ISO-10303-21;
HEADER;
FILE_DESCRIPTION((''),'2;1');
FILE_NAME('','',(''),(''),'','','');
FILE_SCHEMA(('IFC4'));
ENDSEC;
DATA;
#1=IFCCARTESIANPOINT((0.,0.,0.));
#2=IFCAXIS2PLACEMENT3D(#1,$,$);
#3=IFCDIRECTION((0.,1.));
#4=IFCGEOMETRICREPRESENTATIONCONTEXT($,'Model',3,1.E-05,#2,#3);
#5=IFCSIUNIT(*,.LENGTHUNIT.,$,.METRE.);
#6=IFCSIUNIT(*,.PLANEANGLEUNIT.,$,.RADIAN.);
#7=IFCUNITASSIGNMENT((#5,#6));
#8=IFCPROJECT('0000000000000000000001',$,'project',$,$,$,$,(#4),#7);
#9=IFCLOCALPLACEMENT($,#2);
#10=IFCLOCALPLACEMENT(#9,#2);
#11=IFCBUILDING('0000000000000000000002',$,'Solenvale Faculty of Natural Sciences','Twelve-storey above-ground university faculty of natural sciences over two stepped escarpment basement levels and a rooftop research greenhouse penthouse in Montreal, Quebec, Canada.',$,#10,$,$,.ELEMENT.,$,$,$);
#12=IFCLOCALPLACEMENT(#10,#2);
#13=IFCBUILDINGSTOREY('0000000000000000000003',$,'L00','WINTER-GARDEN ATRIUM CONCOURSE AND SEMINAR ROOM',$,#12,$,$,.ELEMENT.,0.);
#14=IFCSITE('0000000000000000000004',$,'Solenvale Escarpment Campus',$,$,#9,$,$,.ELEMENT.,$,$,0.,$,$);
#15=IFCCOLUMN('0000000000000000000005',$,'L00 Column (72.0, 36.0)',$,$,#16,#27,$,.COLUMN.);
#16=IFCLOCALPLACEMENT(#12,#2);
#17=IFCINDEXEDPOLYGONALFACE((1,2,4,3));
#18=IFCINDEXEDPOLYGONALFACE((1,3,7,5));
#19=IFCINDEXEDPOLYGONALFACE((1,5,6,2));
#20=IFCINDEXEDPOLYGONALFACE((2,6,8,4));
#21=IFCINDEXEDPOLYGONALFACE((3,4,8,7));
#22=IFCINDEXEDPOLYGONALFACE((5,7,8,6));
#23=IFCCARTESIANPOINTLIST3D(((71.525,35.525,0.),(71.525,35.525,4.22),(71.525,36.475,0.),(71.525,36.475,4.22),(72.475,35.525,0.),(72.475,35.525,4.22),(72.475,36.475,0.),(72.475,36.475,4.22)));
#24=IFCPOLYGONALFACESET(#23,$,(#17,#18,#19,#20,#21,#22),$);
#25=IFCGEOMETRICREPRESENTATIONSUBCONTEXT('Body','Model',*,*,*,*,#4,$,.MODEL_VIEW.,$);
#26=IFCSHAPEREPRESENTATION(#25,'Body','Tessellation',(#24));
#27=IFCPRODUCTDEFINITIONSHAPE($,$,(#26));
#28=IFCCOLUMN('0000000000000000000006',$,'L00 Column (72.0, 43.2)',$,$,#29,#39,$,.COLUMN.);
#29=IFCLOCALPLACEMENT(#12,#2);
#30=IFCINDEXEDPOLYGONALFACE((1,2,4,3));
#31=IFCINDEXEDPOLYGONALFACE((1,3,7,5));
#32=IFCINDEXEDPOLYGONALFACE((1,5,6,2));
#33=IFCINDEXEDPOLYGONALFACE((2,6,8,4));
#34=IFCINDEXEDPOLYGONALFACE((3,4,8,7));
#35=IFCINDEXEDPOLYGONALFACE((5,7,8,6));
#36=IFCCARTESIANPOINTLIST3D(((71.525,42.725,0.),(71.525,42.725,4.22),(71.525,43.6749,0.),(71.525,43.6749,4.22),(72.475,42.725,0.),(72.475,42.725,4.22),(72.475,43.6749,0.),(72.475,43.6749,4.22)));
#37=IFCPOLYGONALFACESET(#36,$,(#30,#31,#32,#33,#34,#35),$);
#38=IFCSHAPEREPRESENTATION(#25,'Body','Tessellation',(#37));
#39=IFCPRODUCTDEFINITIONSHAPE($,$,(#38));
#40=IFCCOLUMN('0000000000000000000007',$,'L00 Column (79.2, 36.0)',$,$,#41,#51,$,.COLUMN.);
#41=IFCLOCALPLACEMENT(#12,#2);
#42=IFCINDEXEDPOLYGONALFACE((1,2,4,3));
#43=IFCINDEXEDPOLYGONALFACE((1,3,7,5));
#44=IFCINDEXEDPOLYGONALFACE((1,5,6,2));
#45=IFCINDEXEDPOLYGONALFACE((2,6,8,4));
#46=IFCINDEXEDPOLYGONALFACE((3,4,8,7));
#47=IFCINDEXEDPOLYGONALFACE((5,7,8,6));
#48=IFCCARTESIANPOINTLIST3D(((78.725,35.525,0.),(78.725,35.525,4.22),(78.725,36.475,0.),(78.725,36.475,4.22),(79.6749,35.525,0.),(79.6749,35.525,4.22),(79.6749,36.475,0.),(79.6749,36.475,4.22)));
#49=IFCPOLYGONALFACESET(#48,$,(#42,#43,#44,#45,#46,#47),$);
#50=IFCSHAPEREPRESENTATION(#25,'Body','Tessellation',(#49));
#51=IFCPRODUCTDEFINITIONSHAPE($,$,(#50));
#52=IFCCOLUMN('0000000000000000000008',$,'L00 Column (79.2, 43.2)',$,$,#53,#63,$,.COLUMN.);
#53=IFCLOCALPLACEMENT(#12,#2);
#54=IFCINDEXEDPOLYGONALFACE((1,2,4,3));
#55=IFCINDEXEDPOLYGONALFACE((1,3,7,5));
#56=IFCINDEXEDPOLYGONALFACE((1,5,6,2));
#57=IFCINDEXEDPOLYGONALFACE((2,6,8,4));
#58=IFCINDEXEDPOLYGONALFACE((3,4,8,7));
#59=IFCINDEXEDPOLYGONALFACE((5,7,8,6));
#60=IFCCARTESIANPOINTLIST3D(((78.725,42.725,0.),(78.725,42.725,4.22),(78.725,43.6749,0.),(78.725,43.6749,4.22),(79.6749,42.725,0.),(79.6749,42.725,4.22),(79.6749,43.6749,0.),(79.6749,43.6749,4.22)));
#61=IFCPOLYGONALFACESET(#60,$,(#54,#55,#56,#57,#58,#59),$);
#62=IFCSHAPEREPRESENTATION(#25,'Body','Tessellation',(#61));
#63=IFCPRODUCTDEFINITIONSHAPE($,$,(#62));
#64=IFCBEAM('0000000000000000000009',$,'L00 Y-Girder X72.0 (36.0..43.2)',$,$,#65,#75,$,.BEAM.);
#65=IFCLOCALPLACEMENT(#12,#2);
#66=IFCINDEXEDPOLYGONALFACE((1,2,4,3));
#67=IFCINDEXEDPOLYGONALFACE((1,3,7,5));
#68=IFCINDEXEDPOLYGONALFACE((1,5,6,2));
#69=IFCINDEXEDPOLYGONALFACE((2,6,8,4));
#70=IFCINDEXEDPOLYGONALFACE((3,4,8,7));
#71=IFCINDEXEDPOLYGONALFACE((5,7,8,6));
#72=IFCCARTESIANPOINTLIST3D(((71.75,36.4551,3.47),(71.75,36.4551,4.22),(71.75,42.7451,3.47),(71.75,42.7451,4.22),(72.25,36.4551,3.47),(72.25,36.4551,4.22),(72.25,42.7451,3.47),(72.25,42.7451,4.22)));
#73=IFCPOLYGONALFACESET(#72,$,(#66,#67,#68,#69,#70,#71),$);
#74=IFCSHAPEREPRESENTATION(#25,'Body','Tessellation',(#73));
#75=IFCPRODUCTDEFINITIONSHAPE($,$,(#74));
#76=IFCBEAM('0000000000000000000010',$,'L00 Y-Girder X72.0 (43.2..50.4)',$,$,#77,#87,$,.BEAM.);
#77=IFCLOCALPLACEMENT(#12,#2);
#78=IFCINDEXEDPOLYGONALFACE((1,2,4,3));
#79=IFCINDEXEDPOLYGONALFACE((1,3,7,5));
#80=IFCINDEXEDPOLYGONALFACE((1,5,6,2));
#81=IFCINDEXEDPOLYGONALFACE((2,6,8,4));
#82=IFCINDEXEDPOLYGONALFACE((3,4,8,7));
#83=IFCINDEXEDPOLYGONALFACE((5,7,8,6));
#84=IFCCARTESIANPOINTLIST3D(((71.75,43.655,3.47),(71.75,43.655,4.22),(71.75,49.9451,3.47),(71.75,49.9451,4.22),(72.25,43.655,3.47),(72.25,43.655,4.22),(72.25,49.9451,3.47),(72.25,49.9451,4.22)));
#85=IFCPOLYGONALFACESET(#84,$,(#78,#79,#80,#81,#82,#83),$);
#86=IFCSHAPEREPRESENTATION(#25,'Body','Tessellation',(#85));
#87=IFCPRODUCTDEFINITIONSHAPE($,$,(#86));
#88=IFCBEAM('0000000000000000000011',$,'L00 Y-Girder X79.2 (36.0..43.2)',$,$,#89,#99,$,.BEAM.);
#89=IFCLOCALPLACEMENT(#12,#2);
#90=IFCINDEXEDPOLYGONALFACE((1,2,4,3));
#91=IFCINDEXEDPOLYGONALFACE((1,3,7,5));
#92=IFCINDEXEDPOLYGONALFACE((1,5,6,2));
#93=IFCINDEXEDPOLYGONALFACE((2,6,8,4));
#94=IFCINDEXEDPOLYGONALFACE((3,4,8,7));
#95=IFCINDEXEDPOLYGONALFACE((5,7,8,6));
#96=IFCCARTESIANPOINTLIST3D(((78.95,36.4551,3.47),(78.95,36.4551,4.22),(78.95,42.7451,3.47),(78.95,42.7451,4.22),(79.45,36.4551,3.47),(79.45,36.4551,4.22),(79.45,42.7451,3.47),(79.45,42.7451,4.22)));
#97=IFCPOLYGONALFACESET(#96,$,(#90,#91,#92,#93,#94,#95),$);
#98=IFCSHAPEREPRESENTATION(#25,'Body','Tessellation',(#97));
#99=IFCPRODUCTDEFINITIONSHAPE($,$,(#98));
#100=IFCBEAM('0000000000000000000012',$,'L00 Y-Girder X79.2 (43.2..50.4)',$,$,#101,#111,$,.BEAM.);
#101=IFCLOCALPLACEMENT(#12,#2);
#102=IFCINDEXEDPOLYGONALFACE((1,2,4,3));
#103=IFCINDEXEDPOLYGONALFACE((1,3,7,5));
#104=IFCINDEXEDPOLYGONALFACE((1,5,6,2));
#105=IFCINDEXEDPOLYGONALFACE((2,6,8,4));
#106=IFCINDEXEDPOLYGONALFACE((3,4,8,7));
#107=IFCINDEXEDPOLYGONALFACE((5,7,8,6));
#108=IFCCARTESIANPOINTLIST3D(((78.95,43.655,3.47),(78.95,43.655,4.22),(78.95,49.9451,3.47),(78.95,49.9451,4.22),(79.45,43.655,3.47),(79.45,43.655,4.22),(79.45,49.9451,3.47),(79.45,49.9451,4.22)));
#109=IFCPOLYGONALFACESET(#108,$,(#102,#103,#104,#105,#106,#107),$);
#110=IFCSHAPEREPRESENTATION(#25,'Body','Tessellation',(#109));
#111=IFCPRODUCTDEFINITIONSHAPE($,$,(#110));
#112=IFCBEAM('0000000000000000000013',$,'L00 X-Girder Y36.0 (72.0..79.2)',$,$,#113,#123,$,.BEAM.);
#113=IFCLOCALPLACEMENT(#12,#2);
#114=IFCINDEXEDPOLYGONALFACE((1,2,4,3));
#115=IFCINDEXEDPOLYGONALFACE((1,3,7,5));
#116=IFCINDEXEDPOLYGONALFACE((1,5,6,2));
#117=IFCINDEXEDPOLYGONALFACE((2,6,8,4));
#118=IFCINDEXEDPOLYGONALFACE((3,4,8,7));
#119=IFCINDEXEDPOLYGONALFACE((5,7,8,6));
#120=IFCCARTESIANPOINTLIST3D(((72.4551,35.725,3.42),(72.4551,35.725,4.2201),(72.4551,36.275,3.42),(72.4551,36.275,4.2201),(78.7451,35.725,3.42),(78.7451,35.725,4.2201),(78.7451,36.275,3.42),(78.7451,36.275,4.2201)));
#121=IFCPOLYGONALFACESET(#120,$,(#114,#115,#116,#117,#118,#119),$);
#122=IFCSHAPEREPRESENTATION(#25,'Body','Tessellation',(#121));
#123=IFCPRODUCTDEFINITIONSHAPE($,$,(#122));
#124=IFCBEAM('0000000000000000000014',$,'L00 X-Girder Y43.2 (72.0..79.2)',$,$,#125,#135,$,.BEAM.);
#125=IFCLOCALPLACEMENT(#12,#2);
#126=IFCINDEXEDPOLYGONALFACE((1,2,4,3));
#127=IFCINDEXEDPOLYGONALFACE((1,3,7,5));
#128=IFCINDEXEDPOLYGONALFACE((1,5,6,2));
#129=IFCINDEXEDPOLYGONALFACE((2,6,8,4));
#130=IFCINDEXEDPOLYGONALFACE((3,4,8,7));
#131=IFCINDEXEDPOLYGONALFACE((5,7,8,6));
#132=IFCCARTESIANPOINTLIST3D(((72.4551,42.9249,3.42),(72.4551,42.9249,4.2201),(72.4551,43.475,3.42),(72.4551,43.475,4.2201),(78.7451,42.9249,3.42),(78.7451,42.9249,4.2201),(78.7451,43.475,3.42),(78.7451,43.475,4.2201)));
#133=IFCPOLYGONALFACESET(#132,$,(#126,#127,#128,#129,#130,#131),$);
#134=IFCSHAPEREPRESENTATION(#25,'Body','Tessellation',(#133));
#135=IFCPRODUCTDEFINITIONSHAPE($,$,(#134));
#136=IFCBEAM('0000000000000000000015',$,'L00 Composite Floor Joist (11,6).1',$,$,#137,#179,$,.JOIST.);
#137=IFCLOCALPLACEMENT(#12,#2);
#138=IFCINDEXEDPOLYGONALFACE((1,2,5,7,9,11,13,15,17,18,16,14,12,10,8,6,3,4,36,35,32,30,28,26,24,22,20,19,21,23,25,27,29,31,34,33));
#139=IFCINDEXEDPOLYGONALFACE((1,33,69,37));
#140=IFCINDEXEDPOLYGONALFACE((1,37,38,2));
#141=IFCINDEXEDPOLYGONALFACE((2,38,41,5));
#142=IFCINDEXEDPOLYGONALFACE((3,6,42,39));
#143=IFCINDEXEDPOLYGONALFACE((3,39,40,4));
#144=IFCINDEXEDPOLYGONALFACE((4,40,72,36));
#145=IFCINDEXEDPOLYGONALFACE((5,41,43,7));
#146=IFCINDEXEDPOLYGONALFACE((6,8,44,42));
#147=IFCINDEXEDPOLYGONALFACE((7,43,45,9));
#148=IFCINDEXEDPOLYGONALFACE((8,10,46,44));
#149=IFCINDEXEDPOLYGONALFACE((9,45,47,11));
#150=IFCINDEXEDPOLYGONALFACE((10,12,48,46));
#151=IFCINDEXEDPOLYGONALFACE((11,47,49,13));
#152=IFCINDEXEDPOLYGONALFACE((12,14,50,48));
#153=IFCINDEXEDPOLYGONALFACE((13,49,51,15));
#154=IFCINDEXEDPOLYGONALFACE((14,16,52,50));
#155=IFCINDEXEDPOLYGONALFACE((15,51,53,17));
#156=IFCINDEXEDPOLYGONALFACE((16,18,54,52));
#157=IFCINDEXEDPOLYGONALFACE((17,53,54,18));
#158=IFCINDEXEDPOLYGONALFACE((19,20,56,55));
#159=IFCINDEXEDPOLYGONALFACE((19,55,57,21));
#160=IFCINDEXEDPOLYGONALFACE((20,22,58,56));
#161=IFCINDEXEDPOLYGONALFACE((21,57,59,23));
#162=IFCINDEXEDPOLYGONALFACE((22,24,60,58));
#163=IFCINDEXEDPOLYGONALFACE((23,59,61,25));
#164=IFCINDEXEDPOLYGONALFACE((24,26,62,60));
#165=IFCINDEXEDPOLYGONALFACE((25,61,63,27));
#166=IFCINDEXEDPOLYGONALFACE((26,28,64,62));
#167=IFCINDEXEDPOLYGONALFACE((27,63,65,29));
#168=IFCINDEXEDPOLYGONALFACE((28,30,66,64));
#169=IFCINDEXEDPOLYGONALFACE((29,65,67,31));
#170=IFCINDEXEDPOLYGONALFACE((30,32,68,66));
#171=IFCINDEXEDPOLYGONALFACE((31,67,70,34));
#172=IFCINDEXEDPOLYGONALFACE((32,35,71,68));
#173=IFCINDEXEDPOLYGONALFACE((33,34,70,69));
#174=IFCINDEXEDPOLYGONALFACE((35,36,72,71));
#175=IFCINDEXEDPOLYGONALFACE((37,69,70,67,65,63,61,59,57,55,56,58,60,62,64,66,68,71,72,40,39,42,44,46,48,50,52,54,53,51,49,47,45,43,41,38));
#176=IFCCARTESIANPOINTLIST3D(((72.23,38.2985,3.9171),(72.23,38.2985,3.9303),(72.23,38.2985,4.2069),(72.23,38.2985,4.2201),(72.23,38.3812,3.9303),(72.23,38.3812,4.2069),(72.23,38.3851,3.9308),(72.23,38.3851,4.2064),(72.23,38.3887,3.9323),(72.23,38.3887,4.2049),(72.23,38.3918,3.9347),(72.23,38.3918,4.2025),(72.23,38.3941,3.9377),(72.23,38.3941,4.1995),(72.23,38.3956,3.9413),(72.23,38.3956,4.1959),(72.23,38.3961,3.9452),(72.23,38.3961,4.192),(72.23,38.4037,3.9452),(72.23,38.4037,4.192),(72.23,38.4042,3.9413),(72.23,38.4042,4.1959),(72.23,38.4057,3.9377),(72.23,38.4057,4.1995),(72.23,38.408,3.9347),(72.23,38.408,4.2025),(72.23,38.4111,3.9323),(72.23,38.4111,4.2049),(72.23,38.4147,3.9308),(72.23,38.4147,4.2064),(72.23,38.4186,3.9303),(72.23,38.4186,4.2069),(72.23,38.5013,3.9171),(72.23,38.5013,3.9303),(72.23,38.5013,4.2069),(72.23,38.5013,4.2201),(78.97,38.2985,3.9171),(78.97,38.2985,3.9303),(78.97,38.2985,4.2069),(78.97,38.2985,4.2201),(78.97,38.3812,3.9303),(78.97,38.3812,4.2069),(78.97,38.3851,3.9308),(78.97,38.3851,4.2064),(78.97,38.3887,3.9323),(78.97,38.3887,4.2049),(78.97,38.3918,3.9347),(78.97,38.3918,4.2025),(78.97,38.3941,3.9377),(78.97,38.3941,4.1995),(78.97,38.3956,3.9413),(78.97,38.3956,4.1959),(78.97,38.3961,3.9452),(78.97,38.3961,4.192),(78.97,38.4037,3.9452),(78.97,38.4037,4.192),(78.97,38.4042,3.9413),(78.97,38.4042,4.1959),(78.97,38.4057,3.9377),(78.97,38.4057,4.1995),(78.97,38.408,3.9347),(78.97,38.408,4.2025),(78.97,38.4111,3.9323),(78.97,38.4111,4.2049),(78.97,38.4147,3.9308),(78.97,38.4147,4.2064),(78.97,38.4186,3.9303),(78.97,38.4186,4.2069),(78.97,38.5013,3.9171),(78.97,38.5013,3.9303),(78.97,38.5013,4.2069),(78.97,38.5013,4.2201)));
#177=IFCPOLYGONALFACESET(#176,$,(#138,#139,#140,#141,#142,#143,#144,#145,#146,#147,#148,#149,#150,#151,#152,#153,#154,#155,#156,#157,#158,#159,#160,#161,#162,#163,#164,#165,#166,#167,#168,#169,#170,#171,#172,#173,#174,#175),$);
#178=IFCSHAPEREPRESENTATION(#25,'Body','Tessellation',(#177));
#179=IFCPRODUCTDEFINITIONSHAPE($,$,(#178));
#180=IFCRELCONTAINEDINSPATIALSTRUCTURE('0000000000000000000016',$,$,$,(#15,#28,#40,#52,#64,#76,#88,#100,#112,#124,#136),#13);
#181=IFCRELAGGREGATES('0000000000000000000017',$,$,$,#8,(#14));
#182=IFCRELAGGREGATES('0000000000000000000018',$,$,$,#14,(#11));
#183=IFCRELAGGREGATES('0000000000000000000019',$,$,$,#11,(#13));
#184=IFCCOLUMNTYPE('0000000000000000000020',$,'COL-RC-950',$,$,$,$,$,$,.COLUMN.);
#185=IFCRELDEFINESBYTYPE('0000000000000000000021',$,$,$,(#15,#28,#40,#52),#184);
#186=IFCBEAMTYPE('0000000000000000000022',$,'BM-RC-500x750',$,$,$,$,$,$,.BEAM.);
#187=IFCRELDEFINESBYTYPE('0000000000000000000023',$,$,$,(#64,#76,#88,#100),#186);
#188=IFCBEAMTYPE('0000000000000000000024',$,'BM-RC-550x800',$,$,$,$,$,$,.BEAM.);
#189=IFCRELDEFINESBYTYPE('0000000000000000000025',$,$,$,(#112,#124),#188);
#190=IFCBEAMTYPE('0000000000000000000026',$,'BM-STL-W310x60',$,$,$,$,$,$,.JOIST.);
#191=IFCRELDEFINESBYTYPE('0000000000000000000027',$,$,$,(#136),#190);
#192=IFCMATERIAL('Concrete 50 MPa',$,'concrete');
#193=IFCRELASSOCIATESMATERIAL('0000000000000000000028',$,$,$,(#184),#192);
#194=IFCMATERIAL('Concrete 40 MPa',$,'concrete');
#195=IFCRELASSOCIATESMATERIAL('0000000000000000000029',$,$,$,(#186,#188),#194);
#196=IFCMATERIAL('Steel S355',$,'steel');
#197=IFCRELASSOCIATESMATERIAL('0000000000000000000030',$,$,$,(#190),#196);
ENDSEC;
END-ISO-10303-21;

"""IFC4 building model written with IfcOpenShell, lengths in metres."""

from ifc_helpers import new_model, si_unit, direction, frame, origin, origin_2d, place, context, subcontext, project, spatial, rectangle, i_section, extrude, material, material_profile, profile_set, type_object, element, save


model = new_model("IFC4")

# Units and contexts
model_context = context("Model", 3, precision=1e-05, world=origin(), true_north=direction((0.0, 1.0)))
body_context = subcontext(model_context, "Body", "Model", "MODEL_VIEW")
ifc_project = project(units=[si_unit("LENGTHUNIT", "METRE"), si_unit("PLANEANGLEUNIT", "RADIAN")], contexts=[model_context])

# Site, building, storey
site_placement = place(None, origin())
site = spatial("IfcSite", under=ifc_project, at=site_placement, Name="Solenvale Escarpment Campus", CompositionType="ELEMENT", RefElevation=0.0)
building_placement = place(site_placement, origin())
building = spatial("IfcBuilding", under=site, at=building_placement, Name="Solenvale Faculty of Natural Sciences", Description="Twelve-storey above-ground university faculty of natural sciences over two stepped escarpment basement levels and a rooftop research greenhouse penthouse in Montreal, Quebec, Canada.", CompositionType="ELEMENT")
storey_placement = place(building_placement, origin())
storey = spatial("IfcBuildingStorey", under=building, at=storey_placement, Name="L00", Description="WINTER-GARDEN ATRIUM CONCOURSE AND SEMINAR ROOM", CompositionType="ELEMENT", Elevation=0.0)

# Columns
ifc_material_1 = material(Name="Concrete 50 MPa", Category="concrete")
ifc_material_profile_1 = material_profile(ifc_material_1, rectangle(XDim=0.95, YDim=0.95, at=origin_2d()), Name="RC-COL-950x950")
ifc_profile_set_1 = profile_set([ifc_material_profile_1], Name="Concrete 50 MPa")
column_type = type_object("IfcColumnType", Name="COL-RC-950", PredefinedType="COLUMN", material=ifc_profile_set_1)
for number, where, z_axis, x_axis, name in (
    (1, (72.0, 36.0, 0.0), (0.0, 0.0, 1.0), (1.0, 0.0, 0.0), "L00 Column (72.0, 36.0)"),
    (2, (72.0, 43.2, 0.0), (0.0, 0.0, 1.0), (1.0, 0.0, 0.0), "L00 Column (72.0, 43.2)"),
    (3, (79.2, 36.0, 0.0), (0.0, 0.0, 1.0), (1.0, 0.0, 0.0), "L00 Column (79.2, 36.0)"),
    (4, (79.2, 43.2, 0.0), (0.0, 0.0, 1.0), (1.0, 0.0, 0.0), "L00 Column (79.2, 43.2)"),
):
    element("IfcColumn", number, at=place(storey_placement, frame(where, z_axis=z_axis, x_axis=x_axis)), inside=storey, type_object=column_type, Name=name, PredefinedType="COLUMN", context=body_context, shape_type="SweptSolid", body=[
        extrude(rectangle(XDim=0.95, YDim=0.95, at=origin_2d()), origin(), (0.0, 0.0, 1.0), 4.22),
    ])

# Beams
ifc_material_2 = material(Name="Concrete 40 MPa", Category="concrete")
ifc_material_profile_2 = material_profile(ifc_material_2, rectangle(XDim=0.5, YDim=0.75, at=origin_2d()), Name="RC-BM-500x750")
ifc_profile_set_2 = profile_set([ifc_material_profile_2], Name="Concrete 40 MPa")
beam_type_1 = type_object("IfcBeamType", Name="BM-RC-500x750", PredefinedType="BEAM", material=ifc_profile_set_2)
for number, where, z_axis, x_axis, name in (
    (5, (72.0, 36.4551, 3.845), (0.0, 1.0, 0.0), (-1.0, 0.0, 0.0), "L00 Y-Girder X72.0 (36.0..43.2)"),
    (6, (72.0, 43.655, 3.845), (0.0, 1.0, 0.0), (-1.0, 0.0, 0.0), "L00 Y-Girder X72.0 (43.2..50.4)"),
    (7, (79.2, 36.4551, 3.845), (0.0, 1.0, 0.0), (-1.0, 0.0, 0.0), "L00 Y-Girder X79.2 (36.0..43.2)"),
    (8, (79.2, 43.655, 3.845), (0.0, 1.0, 0.0), (-1.0, 0.0, 0.0), "L00 Y-Girder X79.2 (43.2..50.4)"),
):
    element("IfcBeam", number, at=place(storey_placement, frame(where, z_axis=z_axis, x_axis=x_axis)), inside=storey, type_object=beam_type_1, Name=name, PredefinedType="BEAM", context=body_context, shape_type="SweptSolid", body=[
        extrude(rectangle(XDim=0.5, YDim=0.75, at=origin_2d()), origin(), (0.0, 0.0, 1.0), 6.29),
    ])
ifc_material_profile_3 = material_profile(ifc_material_2, rectangle(XDim=0.55, YDim=0.8, at=origin_2d()), Name="RC-BM-550x800")
ifc_profile_set_3 = profile_set([ifc_material_profile_3], Name="Concrete 40 MPa")
beam_type_2 = type_object("IfcBeamType", Name="BM-RC-550x800", PredefinedType="BEAM", material=ifc_profile_set_3)
for number, where, z_axis, x_axis, name in (
    (9, (72.4551, 36.0, 3.8201), (1.0, 0.0, 0.0), (0.0, 1.0, 0.0), "L00 X-Girder Y36.0 (72.0..79.2)"),
    (10, (72.4551, 43.2, 3.8201), (1.0, 0.0, 0.0), (0.0, 1.0, 0.0), "L00 X-Girder Y43.2 (72.0..79.2)"),
):
    element("IfcBeam", number, at=place(storey_placement, frame(where, z_axis=z_axis, x_axis=x_axis)), inside=storey, type_object=beam_type_2, Name=name, PredefinedType="BEAM", context=body_context, shape_type="SweptSolid", body=[
        extrude(rectangle(XDim=0.55, YDim=0.8, at=origin_2d()), origin(), (0.0, 0.0, 1.0), 6.29),
    ])
ifc_material_3 = material(Name="Steel S355", Category="steel")
ifc_material_profile_4 = material_profile(ifc_material_3, i_section(OverallWidth=0.2029, OverallDepth=0.303, WebThickness=0.0076, FlangeThickness=0.0132, FilletRadius=0.0149, at=origin_2d()), Name="W310x60")
ifc_profile_set_4 = profile_set([ifc_material_profile_4], Name="Steel S355")
beam_type_3 = type_object("IfcBeamType", Name="BM-STL-W310x60", PredefinedType="JOIST", material=ifc_profile_set_4)
for number, where, z_axis, x_axis, name in (
    (11, (72.23, 38.3999, 4.0686), (1.0, 0.0, 0.0), (0.0, 1.0, 0.0), "L00 Composite Floor Joist (11,6).1"),
):
    element("IfcBeam", number, at=place(storey_placement, frame(where, z_axis=z_axis, x_axis=x_axis)), inside=storey, type_object=beam_type_3, Name=name, PredefinedType="JOIST", context=body_context, shape_type="SweptSolid", body=[
        extrude(i_section(OverallWidth=0.2029, OverallDepth=0.303, WebThickness=0.0076, FlangeThickness=0.0132, FilletRadius=0.0149, at=origin_2d()), origin(), (0.0, 0.0, 1.0), 6.74),
    ])

save(model, "model.ifc")
